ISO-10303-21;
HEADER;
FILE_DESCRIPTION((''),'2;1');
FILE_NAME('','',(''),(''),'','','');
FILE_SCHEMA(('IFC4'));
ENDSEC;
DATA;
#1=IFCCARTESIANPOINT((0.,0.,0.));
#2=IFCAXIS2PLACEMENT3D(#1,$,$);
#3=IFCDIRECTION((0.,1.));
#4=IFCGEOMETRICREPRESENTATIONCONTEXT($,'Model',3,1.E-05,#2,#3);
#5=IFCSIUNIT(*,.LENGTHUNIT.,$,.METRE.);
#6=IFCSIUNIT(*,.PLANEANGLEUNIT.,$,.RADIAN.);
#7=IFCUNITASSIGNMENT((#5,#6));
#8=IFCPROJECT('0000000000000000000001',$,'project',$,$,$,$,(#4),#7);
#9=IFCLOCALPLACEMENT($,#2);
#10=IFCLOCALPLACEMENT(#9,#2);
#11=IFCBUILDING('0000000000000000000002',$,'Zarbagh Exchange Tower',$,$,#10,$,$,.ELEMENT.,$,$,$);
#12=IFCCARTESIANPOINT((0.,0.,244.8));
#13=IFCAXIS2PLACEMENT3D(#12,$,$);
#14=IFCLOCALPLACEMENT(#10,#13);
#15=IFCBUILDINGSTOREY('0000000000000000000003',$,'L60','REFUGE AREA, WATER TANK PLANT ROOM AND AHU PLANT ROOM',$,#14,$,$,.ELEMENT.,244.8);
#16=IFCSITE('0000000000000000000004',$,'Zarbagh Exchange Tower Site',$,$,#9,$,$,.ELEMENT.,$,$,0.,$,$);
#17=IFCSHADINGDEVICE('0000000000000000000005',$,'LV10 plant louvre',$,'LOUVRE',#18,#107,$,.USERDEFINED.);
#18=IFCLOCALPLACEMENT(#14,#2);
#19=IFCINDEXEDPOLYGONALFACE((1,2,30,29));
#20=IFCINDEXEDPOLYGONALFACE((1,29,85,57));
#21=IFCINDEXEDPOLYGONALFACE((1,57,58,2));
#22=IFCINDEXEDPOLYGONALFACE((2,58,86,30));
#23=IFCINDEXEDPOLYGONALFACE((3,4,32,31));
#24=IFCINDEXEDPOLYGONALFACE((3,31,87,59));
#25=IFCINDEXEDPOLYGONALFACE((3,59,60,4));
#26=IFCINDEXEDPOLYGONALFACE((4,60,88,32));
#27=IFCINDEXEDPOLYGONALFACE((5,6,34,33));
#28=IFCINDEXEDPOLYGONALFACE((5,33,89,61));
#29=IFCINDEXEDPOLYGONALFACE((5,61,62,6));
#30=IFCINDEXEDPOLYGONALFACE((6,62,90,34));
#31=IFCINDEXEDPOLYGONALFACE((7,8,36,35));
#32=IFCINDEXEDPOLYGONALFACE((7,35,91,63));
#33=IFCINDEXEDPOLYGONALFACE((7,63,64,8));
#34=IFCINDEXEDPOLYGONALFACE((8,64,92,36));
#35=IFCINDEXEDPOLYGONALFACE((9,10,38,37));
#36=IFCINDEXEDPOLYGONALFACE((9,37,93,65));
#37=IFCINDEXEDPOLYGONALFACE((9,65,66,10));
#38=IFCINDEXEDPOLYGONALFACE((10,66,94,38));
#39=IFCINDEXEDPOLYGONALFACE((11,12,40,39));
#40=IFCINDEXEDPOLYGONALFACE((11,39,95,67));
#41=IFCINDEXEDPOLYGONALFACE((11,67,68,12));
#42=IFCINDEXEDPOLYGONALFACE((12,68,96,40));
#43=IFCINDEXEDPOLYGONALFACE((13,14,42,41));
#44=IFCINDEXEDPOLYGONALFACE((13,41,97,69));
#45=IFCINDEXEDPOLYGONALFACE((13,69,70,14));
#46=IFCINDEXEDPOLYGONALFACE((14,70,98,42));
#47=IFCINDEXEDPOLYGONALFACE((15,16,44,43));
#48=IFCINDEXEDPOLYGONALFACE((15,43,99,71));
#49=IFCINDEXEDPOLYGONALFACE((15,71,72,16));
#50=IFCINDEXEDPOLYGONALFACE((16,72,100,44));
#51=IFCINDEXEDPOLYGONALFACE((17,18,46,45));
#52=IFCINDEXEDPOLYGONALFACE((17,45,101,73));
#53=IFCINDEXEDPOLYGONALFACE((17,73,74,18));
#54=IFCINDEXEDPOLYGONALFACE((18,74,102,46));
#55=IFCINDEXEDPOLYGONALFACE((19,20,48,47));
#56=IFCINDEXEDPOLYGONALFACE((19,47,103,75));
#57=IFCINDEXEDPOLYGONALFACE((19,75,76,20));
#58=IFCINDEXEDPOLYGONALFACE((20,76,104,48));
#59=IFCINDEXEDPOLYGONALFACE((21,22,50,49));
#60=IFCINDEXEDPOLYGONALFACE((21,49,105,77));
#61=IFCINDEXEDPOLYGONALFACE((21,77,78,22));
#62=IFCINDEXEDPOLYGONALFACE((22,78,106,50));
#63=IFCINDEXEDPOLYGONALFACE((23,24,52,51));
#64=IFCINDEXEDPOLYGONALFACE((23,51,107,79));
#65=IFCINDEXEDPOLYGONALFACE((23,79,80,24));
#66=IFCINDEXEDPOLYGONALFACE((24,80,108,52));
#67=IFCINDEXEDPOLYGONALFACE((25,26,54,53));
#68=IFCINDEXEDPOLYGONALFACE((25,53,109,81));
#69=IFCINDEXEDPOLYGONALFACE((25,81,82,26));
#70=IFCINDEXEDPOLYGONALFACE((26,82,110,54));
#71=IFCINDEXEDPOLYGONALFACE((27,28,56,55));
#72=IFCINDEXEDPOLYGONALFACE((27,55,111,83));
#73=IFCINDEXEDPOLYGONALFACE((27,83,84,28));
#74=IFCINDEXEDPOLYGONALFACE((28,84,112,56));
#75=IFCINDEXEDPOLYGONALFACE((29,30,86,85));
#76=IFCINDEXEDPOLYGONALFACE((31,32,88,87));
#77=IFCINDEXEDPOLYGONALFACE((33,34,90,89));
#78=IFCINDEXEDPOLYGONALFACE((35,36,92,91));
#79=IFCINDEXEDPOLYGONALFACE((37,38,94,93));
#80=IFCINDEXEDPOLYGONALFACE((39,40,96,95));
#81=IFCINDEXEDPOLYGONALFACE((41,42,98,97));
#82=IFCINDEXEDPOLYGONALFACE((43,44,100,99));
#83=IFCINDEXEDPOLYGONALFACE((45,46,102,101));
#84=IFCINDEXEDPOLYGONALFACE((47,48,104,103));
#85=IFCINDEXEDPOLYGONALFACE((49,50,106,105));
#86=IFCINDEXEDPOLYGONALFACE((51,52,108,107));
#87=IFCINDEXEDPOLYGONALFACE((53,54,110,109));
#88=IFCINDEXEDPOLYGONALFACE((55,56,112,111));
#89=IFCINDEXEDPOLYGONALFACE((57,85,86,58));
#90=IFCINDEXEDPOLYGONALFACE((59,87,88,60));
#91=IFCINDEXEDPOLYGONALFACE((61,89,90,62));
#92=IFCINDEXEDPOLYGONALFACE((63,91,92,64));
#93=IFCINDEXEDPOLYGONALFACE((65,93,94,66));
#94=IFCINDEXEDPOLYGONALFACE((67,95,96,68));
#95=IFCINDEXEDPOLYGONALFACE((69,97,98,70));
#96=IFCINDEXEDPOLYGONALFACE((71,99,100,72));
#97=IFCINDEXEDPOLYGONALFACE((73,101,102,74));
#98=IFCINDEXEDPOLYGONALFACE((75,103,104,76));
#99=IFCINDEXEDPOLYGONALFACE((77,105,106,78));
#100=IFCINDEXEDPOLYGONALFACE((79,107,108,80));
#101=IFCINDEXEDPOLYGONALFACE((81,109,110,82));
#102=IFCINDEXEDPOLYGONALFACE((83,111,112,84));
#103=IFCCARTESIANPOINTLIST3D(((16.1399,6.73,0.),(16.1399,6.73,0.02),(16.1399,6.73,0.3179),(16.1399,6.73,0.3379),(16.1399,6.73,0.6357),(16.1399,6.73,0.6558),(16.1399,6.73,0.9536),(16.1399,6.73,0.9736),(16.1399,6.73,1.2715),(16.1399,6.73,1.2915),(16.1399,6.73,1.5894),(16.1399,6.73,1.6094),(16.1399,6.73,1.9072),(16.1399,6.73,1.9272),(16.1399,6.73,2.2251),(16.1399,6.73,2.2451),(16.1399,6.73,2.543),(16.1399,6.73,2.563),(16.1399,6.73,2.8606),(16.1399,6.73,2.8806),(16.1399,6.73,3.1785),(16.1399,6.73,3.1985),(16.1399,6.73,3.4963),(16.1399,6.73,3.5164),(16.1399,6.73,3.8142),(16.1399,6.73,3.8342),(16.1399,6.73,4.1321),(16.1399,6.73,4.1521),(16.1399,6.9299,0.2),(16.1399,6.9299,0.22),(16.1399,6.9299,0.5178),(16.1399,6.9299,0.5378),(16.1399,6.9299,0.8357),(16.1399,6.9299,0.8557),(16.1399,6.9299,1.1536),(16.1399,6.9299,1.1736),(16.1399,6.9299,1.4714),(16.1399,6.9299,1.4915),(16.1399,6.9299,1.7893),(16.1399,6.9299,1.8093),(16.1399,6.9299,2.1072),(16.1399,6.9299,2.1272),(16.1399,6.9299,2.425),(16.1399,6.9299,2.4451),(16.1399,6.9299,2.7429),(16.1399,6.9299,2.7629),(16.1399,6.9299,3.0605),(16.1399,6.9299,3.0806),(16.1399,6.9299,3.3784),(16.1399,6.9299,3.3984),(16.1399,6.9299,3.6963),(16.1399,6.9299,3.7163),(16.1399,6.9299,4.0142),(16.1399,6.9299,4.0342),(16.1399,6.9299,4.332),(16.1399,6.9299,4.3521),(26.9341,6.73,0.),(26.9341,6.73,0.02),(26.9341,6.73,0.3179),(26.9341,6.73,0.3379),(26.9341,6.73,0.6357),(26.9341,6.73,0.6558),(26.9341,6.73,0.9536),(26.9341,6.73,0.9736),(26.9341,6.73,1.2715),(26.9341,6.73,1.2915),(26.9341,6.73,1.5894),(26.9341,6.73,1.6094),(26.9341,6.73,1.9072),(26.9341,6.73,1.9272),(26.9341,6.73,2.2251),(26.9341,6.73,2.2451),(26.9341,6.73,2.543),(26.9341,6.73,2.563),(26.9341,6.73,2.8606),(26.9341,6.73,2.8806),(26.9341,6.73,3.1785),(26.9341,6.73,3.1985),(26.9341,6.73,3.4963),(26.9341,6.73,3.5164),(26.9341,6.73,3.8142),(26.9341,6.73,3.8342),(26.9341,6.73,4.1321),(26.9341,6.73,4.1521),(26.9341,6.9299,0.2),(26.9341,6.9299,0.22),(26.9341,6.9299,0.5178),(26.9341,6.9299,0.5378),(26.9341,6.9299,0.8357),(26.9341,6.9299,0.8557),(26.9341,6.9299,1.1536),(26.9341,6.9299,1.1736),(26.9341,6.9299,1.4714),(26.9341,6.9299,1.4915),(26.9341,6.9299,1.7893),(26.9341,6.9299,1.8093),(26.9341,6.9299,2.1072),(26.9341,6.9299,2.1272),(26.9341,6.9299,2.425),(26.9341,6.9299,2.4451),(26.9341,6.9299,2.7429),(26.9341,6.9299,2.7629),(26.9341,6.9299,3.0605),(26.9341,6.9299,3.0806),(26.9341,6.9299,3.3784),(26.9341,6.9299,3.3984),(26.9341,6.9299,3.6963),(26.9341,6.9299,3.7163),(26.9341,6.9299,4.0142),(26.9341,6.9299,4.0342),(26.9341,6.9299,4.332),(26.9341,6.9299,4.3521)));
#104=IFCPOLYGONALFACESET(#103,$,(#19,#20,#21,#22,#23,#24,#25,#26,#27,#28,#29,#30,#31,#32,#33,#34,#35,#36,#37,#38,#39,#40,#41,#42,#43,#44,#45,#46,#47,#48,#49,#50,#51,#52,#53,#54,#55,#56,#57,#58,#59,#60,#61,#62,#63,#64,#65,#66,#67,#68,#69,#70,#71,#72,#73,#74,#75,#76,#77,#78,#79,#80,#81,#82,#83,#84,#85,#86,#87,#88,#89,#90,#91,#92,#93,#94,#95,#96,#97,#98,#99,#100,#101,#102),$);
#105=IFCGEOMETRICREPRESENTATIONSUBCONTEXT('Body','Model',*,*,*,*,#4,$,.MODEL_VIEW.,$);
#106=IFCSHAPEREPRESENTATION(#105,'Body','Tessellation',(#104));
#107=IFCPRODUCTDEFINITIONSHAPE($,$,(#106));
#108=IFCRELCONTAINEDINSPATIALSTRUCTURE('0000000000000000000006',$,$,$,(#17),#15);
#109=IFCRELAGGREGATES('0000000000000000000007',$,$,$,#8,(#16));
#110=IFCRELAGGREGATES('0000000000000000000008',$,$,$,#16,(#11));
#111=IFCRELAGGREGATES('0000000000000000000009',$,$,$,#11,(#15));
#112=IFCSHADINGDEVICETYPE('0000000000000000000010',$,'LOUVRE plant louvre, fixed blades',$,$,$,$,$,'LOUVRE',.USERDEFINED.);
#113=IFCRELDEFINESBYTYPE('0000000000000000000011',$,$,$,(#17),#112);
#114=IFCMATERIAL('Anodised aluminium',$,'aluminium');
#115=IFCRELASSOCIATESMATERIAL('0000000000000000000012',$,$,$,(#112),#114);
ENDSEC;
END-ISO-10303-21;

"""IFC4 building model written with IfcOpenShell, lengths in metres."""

from ifc_helpers import new_model, si_unit, direction, frame, origin, place, context, subcontext, project, spatial, polyline, outline, extrude, source, transform, mapped, material, type_object, element, save


model = new_model("IFC4")

# Units and contexts
model_context = context("Model", 3, precision=1e-05, world=origin(), true_north=direction((0.0, 1.0)))
body_context = subcontext(model_context, "Body", "Model", "MODEL_VIEW")
ifc_project = project(units=[si_unit("LENGTHUNIT", "METRE"), si_unit("PLANEANGLEUNIT", "RADIAN")], contexts=[model_context])

# Site, building, storey
site_placement = place(None, origin())
site = spatial("IfcSite", under=ifc_project, at=site_placement, Name="Zarbagh Exchange Tower Site", CompositionType="ELEMENT", RefElevation=0.0)
building_placement = place(site_placement, origin())
building = spatial("IfcBuilding", under=site, at=building_placement, Name="Zarbagh Exchange Tower", CompositionType="ELEMENT")
storey_placement = place(building_placement, frame((0.0, 0.0, 244.8)))
storey = spatial("IfcBuildingStorey", under=building, at=storey_placement, Name="L60", Description="REFUGE AREA, WATER TANK PLANT ROOM AND AHU PLANT ROOM", CompositionType="ELEMENT", Elevation=244.8)

# Shared definitions
placement = place(storey_placement, origin())

# Shared definitions
ifc_material_1 = material(Name="Anodised aluminium", Category="aluminium")
shading_device_type = type_object("IfcShadingDeviceType", Name="LOUVRE plant louvre, fixed blades", ElementType="LOUVRE", PredefinedType="USERDEFINED", material=ifc_material_1)

# Shading device
shared_shape_1 = source(origin(), body_context, "Body", "SweptSolid", [
    extrude(outline(polyline([(0.0, 0.2), (0.2, 0.0), (0.2, -0.02), (0.0, 0.1799), (0.0, 0.2)])), origin(), (0.0, 0.0, 1.0), 10.7942),
])
element("IfcShadingDevice", 1, at=placement, inside=storey, type_object=shading_device_type, Name="LV10 plant louvre", ObjectType="LOUVRE", PredefinedType="USERDEFINED", context=body_context, shape_type="MappedRepresentation", body=[
    mapped(shared_shape_1, transform((26.9341, 6.73, 0.2), x_axis=(0.0, 1.0, 0.0), y_axis=(0.0, 0.0, -1.0), z_axis=(-1.0, 0.0, 0.0))),
    mapped(shared_shape_1, transform((26.9341, 6.73, 0.5178), x_axis=(0.0, 1.0, 0.0), y_axis=(0.0, 0.0, -1.0), z_axis=(-1.0, 0.0, 0.0))),
    mapped(shared_shape_1, transform((26.9341, 6.73, 0.8357), x_axis=(0.0, 1.0, 0.0), y_axis=(0.0, 0.0, -1.0), z_axis=(-1.0, 0.0, 0.0))),
    mapped(shared_shape_1, transform((26.9341, 6.73, 1.1536), x_axis=(0.0, 1.0, 0.0), y_axis=(0.0, 0.0, -1.0), z_axis=(-1.0, 0.0, 0.0))),
    mapped(shared_shape_1, transform((26.9341, 6.73, 1.4714), x_axis=(0.0, 1.0, 0.0), y_axis=(0.0, 0.0, -1.0), z_axis=(-1.0, 0.0, 0.0))),
    mapped(shared_shape_1, transform((26.9341, 6.73, 1.7893), x_axis=(0.0, 1.0, 0.0), y_axis=(0.0, 0.0, -1.0), z_axis=(-1.0, 0.0, 0.0))),
    mapped(shared_shape_1, transform((26.9341, 6.73, 2.1072), x_axis=(0.0, 1.0, 0.0), y_axis=(0.0, 0.0, -1.0), z_axis=(-1.0, 0.0, 0.0))),
    mapped(shared_shape_1, transform((26.9341, 6.73, 2.425), x_axis=(0.0, 1.0, 0.0), y_axis=(0.0, 0.0, -1.0), z_axis=(-1.0, 0.0, 0.0))),
    mapped(shared_shape_1, transform((26.9341, 6.73, 2.7429), x_axis=(0.0, 1.0, 0.0), y_axis=(0.0, 0.0, -1.0), z_axis=(-1.0, 0.0, 0.0))),
    mapped(shared_shape_1, transform((26.9341, 6.73, 3.0605), x_axis=(0.0, 1.0, 0.0), y_axis=(0.0, 0.0, -1.0), z_axis=(-1.0, 0.0, 0.0))),
    mapped(shared_shape_1, transform((26.9341, 6.73, 3.3784), x_axis=(0.0, 1.0, 0.0), y_axis=(0.0, 0.0, -1.0), z_axis=(-1.0, 0.0, 0.0))),
    mapped(shared_shape_1, transform((26.9341, 6.73, 3.6963), x_axis=(0.0, 1.0, 0.0), y_axis=(0.0, 0.0, -1.0), z_axis=(-1.0, 0.0, 0.0))),
    mapped(shared_shape_1, transform((26.9341, 6.73, 4.0142), x_axis=(0.0, 1.0, 0.0), y_axis=(0.0, 0.0, -1.0), z_axis=(-1.0, 0.0, 0.0))),
    mapped(shared_shape_1, transform((26.9341, 6.73, 4.332), x_axis=(0.0, 1.0, 0.0), y_axis=(0.0, 0.0, -1.0), z_axis=(-1.0, 0.0, 0.0))),
])

save(model, "model.ifc")
